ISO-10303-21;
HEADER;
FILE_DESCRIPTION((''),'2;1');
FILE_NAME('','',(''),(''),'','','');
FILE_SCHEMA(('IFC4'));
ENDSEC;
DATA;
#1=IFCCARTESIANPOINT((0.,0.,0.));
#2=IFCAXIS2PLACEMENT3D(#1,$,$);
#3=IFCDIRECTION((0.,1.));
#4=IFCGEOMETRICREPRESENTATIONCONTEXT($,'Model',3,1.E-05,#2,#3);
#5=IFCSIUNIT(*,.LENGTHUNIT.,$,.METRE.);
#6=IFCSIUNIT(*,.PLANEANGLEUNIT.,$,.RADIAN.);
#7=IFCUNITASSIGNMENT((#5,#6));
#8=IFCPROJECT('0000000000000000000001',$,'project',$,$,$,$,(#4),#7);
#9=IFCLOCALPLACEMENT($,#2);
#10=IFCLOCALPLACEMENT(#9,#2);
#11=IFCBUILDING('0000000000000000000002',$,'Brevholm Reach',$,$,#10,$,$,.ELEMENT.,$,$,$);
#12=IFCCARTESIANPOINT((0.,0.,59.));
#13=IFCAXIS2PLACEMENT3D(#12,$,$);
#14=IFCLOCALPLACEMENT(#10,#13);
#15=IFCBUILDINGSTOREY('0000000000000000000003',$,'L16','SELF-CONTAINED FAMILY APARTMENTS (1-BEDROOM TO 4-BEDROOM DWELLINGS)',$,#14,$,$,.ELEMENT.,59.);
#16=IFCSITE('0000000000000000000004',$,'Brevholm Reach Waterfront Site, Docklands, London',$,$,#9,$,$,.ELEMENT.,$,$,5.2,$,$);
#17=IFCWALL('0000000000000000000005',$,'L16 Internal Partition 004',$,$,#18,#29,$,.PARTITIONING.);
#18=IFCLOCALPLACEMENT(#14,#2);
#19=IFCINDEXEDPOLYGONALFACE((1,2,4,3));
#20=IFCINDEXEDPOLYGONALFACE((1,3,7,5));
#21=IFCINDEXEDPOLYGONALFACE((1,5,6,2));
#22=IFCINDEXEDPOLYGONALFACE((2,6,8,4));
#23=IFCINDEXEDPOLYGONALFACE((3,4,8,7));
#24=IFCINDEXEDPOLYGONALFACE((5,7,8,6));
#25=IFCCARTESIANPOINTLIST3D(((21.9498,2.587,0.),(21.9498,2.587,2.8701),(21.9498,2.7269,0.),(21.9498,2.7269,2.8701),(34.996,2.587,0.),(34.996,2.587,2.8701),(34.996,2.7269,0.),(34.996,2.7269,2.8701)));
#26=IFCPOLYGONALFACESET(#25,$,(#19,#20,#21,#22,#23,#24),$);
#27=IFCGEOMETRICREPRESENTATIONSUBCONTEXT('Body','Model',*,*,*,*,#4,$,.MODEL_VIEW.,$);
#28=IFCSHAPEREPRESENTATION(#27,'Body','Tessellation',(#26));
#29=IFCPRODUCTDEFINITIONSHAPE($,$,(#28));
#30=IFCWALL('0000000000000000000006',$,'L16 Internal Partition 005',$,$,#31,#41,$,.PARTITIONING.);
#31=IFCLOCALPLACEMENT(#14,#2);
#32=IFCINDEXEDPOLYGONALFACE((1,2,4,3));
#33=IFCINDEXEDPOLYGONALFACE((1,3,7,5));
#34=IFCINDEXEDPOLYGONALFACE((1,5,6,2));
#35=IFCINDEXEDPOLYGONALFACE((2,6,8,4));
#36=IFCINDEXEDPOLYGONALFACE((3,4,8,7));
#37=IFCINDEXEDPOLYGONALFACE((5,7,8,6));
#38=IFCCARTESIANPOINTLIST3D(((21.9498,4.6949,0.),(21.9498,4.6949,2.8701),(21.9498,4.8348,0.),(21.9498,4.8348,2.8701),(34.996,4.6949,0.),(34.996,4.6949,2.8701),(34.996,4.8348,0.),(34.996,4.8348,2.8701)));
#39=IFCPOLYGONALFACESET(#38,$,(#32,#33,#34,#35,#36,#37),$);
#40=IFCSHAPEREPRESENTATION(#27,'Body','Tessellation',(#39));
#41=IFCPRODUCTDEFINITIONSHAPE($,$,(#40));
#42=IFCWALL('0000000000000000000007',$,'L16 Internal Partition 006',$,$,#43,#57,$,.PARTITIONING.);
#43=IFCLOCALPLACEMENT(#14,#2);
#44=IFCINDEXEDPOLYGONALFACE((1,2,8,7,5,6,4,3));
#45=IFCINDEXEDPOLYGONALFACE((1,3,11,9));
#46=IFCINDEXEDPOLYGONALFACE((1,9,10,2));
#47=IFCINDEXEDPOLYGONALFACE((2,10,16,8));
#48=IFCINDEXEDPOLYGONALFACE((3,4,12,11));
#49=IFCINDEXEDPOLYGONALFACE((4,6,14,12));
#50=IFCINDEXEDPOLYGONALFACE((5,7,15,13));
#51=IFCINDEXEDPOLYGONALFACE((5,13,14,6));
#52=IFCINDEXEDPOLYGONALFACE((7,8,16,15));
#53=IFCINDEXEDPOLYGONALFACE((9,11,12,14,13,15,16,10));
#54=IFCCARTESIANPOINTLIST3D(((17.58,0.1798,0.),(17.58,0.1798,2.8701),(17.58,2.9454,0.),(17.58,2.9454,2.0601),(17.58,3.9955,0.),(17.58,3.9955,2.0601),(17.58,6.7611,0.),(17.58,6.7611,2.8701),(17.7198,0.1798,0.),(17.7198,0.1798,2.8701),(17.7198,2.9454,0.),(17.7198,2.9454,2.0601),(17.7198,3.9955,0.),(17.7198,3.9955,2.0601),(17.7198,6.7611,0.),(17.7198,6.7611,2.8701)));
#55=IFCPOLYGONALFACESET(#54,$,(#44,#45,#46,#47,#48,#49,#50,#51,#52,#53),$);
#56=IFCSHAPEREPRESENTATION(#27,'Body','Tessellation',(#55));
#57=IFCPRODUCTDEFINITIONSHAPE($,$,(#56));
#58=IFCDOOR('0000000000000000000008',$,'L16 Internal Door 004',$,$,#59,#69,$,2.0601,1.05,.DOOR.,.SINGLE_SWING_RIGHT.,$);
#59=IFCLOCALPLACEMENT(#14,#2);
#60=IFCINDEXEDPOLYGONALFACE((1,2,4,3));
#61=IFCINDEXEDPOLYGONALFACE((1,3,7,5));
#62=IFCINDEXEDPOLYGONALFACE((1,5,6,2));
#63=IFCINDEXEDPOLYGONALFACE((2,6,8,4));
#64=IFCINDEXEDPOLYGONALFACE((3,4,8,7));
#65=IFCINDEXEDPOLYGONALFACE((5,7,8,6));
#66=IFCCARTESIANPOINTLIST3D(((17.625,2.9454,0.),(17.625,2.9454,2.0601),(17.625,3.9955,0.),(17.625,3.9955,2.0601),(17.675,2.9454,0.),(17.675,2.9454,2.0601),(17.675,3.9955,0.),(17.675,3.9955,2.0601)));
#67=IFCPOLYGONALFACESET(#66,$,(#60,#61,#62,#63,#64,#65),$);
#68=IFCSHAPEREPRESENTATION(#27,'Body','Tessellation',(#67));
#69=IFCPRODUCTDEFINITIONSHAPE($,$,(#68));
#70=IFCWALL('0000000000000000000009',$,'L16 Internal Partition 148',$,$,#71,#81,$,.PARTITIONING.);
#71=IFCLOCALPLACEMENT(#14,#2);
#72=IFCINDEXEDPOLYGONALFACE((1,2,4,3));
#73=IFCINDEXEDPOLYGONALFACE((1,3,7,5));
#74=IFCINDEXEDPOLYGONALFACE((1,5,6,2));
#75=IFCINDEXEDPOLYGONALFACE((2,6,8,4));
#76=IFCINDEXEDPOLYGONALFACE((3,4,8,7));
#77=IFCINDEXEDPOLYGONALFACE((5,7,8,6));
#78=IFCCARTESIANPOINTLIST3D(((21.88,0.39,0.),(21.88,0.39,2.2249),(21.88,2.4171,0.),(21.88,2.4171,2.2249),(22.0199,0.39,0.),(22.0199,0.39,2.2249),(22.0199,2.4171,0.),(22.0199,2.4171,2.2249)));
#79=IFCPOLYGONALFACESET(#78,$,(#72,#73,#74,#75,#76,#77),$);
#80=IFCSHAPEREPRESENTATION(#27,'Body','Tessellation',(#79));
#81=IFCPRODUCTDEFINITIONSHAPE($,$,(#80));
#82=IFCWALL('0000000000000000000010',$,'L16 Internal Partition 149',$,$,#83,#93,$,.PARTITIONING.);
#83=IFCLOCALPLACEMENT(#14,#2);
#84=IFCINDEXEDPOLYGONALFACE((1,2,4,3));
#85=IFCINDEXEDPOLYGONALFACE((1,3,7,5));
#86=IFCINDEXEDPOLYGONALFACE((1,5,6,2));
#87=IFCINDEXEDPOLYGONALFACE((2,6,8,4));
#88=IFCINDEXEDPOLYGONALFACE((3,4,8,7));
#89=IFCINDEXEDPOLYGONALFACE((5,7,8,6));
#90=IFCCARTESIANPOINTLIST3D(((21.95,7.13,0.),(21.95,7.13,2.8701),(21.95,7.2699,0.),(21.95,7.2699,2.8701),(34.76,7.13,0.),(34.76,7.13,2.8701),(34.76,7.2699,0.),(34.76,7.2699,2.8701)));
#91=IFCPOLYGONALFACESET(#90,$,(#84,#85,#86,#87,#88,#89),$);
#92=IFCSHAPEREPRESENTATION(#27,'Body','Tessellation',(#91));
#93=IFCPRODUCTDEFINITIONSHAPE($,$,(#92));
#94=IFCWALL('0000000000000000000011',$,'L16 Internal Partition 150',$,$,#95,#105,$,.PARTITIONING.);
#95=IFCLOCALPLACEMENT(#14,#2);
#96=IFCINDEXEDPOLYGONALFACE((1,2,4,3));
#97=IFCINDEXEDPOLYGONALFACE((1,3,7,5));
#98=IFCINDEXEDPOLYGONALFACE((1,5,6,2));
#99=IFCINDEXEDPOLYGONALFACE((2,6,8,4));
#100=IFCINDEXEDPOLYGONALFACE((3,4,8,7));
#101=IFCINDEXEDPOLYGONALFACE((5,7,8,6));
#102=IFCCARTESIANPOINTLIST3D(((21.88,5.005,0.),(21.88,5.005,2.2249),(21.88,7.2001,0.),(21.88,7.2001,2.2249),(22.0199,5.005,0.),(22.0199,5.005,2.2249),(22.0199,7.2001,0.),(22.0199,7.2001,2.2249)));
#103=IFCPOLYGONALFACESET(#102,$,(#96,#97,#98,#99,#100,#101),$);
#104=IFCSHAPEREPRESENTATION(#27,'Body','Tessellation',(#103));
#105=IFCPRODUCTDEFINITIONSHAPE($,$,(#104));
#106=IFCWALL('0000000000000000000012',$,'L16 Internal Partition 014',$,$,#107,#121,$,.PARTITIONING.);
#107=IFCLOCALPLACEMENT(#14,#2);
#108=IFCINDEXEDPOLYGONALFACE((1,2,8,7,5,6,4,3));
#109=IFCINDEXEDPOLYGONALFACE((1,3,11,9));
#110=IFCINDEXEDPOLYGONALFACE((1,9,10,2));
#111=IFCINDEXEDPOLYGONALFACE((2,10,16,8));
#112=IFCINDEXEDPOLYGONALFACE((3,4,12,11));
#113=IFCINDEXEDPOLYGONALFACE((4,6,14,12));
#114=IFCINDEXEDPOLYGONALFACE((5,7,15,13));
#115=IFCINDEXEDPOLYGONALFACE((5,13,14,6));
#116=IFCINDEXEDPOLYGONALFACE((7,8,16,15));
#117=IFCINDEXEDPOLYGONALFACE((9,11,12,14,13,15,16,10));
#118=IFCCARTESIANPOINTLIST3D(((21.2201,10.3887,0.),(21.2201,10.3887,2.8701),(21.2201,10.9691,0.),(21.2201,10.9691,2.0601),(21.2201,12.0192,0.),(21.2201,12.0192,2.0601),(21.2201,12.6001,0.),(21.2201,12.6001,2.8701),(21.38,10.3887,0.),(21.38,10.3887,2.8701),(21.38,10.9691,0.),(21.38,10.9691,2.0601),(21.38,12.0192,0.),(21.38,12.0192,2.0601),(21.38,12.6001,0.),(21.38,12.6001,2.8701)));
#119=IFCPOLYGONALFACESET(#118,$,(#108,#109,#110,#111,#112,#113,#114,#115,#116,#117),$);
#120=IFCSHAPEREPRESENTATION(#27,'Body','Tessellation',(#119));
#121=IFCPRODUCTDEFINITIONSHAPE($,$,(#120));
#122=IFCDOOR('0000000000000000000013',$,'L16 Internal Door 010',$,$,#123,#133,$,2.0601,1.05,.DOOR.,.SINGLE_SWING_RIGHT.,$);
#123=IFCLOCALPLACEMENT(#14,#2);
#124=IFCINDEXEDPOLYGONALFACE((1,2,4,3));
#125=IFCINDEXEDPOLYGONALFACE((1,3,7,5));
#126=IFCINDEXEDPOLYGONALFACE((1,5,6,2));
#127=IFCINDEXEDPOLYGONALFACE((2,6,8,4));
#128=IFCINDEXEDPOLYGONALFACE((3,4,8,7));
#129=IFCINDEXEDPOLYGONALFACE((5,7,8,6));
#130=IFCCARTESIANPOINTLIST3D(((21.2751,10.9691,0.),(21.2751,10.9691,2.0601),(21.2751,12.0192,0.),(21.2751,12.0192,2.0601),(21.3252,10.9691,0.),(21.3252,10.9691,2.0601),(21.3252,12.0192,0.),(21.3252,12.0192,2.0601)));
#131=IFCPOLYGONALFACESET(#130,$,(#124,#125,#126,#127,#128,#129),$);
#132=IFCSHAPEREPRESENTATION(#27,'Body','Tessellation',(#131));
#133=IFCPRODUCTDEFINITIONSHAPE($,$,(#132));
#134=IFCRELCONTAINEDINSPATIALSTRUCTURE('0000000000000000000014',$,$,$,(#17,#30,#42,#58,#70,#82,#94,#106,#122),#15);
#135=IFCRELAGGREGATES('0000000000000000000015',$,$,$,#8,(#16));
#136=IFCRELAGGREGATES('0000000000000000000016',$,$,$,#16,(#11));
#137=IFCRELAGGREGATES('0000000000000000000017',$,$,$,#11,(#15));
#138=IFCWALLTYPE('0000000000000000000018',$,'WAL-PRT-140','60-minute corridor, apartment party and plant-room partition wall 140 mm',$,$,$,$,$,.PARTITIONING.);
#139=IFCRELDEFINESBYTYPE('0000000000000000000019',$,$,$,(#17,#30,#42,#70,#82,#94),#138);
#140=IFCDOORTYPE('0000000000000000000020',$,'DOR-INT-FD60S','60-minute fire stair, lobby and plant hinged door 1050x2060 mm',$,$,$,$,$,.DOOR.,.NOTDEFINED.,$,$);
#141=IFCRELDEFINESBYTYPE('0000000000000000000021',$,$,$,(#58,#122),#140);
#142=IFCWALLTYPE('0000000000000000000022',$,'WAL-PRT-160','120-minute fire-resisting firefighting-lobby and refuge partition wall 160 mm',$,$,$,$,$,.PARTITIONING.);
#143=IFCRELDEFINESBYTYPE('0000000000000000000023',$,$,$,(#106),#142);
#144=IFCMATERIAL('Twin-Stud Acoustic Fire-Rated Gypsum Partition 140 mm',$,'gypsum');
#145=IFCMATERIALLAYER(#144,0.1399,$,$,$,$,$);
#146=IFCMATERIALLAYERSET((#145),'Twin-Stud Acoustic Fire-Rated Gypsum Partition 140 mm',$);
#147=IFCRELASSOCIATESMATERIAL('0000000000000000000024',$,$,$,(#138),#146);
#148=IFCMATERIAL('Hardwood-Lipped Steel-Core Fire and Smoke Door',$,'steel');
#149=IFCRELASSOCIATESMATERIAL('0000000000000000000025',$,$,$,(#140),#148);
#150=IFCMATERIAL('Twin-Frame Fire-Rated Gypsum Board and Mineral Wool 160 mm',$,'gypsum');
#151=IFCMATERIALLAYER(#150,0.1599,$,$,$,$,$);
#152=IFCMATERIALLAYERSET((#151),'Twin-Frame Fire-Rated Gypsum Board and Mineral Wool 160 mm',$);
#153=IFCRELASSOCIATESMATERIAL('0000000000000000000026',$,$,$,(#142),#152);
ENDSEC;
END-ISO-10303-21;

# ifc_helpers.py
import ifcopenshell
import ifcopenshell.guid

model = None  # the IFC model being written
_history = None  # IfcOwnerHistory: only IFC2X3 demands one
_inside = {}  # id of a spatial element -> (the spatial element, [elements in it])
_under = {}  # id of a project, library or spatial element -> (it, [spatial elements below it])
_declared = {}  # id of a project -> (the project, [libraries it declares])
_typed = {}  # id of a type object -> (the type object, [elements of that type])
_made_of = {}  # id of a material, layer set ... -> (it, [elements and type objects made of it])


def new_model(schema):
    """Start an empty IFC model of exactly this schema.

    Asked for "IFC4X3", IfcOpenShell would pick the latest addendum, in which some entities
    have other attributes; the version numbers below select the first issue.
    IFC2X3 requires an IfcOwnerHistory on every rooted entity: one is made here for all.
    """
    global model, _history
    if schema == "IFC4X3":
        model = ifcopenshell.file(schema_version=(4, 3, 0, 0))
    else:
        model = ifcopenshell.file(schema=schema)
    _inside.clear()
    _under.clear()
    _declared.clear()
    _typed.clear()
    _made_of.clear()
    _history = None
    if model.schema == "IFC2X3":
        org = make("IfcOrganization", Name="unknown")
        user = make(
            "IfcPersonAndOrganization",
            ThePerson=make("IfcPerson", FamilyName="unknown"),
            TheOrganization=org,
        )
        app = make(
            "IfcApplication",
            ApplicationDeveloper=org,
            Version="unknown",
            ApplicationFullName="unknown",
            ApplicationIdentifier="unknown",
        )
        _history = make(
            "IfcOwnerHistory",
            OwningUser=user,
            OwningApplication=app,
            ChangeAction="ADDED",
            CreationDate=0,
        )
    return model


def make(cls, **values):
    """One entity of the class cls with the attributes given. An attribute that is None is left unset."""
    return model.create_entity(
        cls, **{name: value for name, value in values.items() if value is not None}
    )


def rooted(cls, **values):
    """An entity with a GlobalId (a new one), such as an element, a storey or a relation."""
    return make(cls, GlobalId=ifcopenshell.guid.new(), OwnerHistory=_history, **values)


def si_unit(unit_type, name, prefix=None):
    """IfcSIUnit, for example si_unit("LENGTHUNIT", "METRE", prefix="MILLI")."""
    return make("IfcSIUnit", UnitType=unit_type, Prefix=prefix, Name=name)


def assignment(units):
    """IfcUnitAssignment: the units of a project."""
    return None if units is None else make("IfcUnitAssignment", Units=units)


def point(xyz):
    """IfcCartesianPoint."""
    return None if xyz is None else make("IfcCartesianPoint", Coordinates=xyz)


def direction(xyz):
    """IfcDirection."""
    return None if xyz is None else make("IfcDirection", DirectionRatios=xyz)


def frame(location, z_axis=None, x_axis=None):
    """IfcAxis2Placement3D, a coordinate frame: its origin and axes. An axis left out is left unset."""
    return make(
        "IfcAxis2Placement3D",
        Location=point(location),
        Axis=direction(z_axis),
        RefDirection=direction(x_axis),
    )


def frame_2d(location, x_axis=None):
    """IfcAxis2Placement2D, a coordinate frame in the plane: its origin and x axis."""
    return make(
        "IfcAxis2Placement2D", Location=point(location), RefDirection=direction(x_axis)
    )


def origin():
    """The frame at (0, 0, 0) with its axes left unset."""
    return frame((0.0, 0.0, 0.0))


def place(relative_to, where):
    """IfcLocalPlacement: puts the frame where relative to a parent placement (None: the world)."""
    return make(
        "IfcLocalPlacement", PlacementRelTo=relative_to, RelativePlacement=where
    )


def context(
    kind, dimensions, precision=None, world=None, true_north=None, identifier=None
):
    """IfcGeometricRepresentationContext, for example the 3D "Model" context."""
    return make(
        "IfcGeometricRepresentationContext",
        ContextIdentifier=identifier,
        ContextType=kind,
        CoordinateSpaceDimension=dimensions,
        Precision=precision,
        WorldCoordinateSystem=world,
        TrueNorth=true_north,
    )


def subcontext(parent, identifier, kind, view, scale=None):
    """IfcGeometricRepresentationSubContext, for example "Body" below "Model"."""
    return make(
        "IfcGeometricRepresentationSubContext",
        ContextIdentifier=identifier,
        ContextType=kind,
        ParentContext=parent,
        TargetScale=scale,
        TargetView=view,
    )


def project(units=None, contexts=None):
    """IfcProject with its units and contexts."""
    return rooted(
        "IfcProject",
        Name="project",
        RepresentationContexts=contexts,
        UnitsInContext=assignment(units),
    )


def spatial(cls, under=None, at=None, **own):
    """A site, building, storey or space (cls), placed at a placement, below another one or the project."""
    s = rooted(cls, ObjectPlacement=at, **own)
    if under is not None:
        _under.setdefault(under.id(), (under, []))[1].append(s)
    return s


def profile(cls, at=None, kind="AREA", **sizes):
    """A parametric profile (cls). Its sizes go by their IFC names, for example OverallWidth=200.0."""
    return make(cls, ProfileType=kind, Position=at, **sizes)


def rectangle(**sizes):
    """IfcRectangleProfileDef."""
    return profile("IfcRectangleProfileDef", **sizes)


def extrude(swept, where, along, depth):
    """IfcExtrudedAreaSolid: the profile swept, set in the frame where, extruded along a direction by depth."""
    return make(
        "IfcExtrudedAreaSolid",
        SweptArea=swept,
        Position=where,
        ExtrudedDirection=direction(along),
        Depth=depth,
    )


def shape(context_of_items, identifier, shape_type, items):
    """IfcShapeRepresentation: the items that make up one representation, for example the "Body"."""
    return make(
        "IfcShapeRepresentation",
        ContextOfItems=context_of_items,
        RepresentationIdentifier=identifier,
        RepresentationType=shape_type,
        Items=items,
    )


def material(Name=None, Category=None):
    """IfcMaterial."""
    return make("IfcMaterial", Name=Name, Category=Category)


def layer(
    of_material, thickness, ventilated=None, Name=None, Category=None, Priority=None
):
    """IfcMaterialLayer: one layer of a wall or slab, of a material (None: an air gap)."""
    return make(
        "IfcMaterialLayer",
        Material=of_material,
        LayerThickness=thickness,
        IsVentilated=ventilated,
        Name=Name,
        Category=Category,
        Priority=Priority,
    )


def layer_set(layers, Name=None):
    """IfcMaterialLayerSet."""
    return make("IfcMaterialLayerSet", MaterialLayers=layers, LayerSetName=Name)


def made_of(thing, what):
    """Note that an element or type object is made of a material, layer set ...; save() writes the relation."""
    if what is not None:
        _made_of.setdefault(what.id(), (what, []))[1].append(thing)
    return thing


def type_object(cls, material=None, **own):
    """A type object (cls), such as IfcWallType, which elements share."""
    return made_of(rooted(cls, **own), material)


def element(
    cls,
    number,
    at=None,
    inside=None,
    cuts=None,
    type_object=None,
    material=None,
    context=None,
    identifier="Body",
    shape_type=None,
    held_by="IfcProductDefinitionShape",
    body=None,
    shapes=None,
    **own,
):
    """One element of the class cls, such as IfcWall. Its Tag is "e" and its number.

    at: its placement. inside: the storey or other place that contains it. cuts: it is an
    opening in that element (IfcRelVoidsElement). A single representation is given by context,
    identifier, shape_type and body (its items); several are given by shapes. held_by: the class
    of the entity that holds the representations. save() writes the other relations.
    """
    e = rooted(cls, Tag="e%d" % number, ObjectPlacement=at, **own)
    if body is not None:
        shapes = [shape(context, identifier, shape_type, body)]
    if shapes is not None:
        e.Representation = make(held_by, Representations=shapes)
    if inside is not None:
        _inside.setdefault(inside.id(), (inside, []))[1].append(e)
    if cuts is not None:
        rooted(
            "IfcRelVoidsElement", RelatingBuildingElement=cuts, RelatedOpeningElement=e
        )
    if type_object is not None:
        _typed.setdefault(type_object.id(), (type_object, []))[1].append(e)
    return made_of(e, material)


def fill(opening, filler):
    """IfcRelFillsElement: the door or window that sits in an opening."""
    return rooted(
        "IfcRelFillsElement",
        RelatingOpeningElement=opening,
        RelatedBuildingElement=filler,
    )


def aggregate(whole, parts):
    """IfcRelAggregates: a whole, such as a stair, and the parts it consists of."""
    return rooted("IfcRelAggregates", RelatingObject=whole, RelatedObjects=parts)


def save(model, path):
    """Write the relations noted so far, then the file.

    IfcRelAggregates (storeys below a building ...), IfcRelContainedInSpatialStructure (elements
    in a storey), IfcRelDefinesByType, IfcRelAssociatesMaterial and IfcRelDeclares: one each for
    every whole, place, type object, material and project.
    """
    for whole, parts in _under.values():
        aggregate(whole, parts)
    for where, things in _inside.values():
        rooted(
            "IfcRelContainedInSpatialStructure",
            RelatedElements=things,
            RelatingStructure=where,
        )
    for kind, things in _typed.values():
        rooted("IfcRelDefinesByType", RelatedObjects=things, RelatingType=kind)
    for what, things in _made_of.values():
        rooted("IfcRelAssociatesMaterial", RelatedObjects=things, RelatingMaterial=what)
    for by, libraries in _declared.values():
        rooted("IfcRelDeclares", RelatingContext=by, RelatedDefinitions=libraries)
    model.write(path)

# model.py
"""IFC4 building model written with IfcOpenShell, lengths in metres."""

from ifc_helpers import new_model, si_unit, direction, frame, frame_2d, origin, place, context, subcontext, project, spatial, rectangle, extrude, material, layer, layer_set, type_object, element, fill, save


model = new_model("IFC4")

# Units and contexts
model_context = context("Model", 3, precision=1e-05, world=origin(), true_north=direction((0.0, 1.0)))
body_context = subcontext(model_context, "Body", "Model", "MODEL_VIEW")
ifc_project = project(units=[si_unit("LENGTHUNIT", "METRE"), si_unit("PLANEANGLEUNIT", "RADIAN")], contexts=[model_context])

# Site, building, storey
site_placement = place(None, origin())
site = spatial("IfcSite", under=ifc_project, at=site_placement, Name="Brevholm Reach Waterfront Site, Docklands, London", CompositionType="ELEMENT", RefElevation=5.2)
building_placement = place(site_placement, origin())
building = spatial("IfcBuilding", under=site, at=building_placement, Name="Brevholm Reach", CompositionType="ELEMENT")
storey_placement = place(building_placement, frame((0.0, 0.0, 59.0)))
storey = spatial("IfcBuildingStorey", under=building, at=storey_placement, Name="L16", Description="SELF-CONTAINED FAMILY APARTMENTS (1-BEDROOM TO 4-BEDROOM DWELLINGS)", CompositionType="ELEMENT", Elevation=59.0)

# Walls
ifc_material_1 = material(Name="Twin-Stud Acoustic Fire-Rated Gypsum Partition 140 mm", Category="gypsum")
ifc_layer_1 = layer(ifc_material_1, 0.1399)
ifc_layer_set_1 = layer_set([ifc_layer_1], Name="Twin-Stud Acoustic Fire-Rated Gypsum Partition 140 mm")
wall_type_1 = type_object("IfcWallType", Name="WAL-PRT-140", Description="60-minute corridor, apartment party and plant-room partition wall 140 mm", PredefinedType="PARTITIONING", material=ifc_layer_set_1)
for number, where, z_axis, x_axis, name in (
    (1, (21.95, 2.657, 0.0), (0.0, 0.0, 1.0), (1.0, 0.0, 0.0), "L16 Internal Partition 004"),
    (2, (21.95, 4.7649, 0.0), (0.0, 0.0, 1.0), (1.0, 0.0, 0.0), "L16 Internal Partition 005"),
):
    element("IfcWall", number, at=place(storey_placement, frame(where, z_axis=z_axis, x_axis=x_axis)), inside=storey, type_object=wall_type_1, Name=name, PredefinedType="PARTITIONING", context=body_context, shape_type="SweptSolid", body=[
        extrude(rectangle(XDim=13.0461, YDim=0.1399, at=frame_2d((6.5229, 0.0))), origin(), (0.0, 0.0, 1.0), 2.8701),
    ])

# Wall, opening, door
wall_1_placement = place(storey_placement, frame((17.6499, 0.1799, 0.0), z_axis=(0.0, 0.0, 1.0), x_axis=(0.0, 1.0, 0.0)))
wall_1 = element("IfcWall", 3, at=wall_1_placement, inside=storey, type_object=wall_type_1, Name="L16 Internal Partition 006", PredefinedType="PARTITIONING", context=body_context, shape_type="SweptSolid", body=[
    extrude(rectangle(XDim=6.5813, YDim=0.1399, at=frame_2d((3.2905, 0.0))), origin(), (0.0, 0.0, 1.0), 2.8701),
])
opening_1_placement = place(wall_1_placement, frame((2.7656, 0.0, 0.0)))
opening_1 = element("IfcOpeningElement", 4, at=opening_1_placement, cuts=wall_1, PredefinedType="OPENING", context=body_context, shape_type="SweptSolid", body=[
    extrude(rectangle(XDim=1.05, YDim=2.0601, at=frame_2d((0.5249, 1.03))), frame((0.0, 0.0798, 0.0), z_axis=(0.0, -1.0, 0.0), x_axis=(1.0, 0.0, 0.0)), (0.0, 0.0, 1.0), 0.1599),
])
ifc_material_2 = material(Name="Hardwood-Lipped Steel-Core Fire and Smoke Door", Category="steel")
door_type_1 = type_object("IfcDoorType", Name="DOR-INT-FD60S", Description="60-minute fire stair, lobby and plant hinged door 1050x2060 mm", OperationType="NOTDEFINED", PredefinedType="DOOR", material=ifc_material_2)
door_1_placement = place(opening_1_placement, origin())
door_1 = element("IfcDoor", 5, at=door_1_placement, inside=storey, type_object=door_type_1, Name="L16 Internal Door 004", OperationType="SINGLE_SWING_RIGHT", OverallHeight=2.0601, OverallWidth=1.05, PredefinedType="DOOR", context=body_context, shape_type="SweptSolid", body=[
    extrude(rectangle(XDim=1.05, YDim=2.0601, at=frame_2d((0.5249, 1.03))), frame((0.0, 0.0249, 0.0), z_axis=(0.0, -1.0, 0.0), x_axis=(1.0, 0.0, 0.0)), (0.0, 0.0, 1.0), 0.05),
])
fill(opening_1, door_1)

# Walls
wall_2_placement = place(storey_placement, frame((21.95, 0.3899, 0.0), z_axis=(0.0, 0.0, 1.0), x_axis=(0.0, 1.0, 0.0)))
element("IfcWall", 6, at=wall_2_placement, inside=storey, type_object=wall_type_1, Name="L16 Internal Partition 148", PredefinedType="PARTITIONING", context=body_context, shape_type="SweptSolid", body=[
    extrude(rectangle(XDim=2.0271, YDim=0.1399, at=frame_2d((1.0137, 0.0))), origin(), (0.0, 0.0, 1.0), 2.2249),
])
wall_3_placement = place(storey_placement, frame((21.95, 7.2, 0.0), z_axis=(0.0, 0.0, 1.0), x_axis=(1.0, 0.0, 0.0)))
element("IfcWall", 7, at=wall_3_placement, inside=storey, type_object=wall_type_1, Name="L16 Internal Partition 149", PredefinedType="PARTITIONING", context=body_context, shape_type="SweptSolid", body=[
    extrude(rectangle(XDim=12.8101, YDim=0.1399, at=frame_2d((6.405, 0.0))), origin(), (0.0, 0.0, 1.0), 2.8701),
])
wall_4_placement = place(storey_placement, frame((21.95, 5.0049, 0.0), z_axis=(0.0, 0.0, 1.0), x_axis=(0.0, 1.0, 0.0)))
element("IfcWall", 8, at=wall_4_placement, inside=storey, type_object=wall_type_1, Name="L16 Internal Partition 150", PredefinedType="PARTITIONING", context=body_context, shape_type="SweptSolid", body=[
    extrude(rectangle(XDim=2.1951, YDim=0.1399, at=frame_2d((1.0977, 0.0))), origin(), (0.0, 0.0, 1.0), 2.2249),
])

# Wall, opening, door
ifc_material_3 = material(Name="Twin-Frame Fire-Rated Gypsum Board and Mineral Wool 160 mm", Category="gypsum")
ifc_layer_2 = layer(ifc_material_3, 0.1599)
ifc_layer_set_2 = layer_set([ifc_layer_2], Name="Twin-Frame Fire-Rated Gypsum Board and Mineral Wool 160 mm")
wall_type_2 = type_object("IfcWallType", Name="WAL-PRT-160", Description="120-minute fire-resisting firefighting-lobby and refuge partition wall 160 mm", PredefinedType="PARTITIONING", material=ifc_layer_set_2)
wall_5_placement = place(storey_placement, frame((21.3, 10.3887, 0.0), z_axis=(0.0, 0.0, 1.0), x_axis=(0.0, 1.0, 0.0)))
wall_5 = element("IfcWall", 9, at=wall_5_placement, inside=storey, type_object=wall_type_2, Name="L16 Internal Partition 014", PredefinedType="PARTITIONING", context=body_context, shape_type="SweptSolid", body=[
    extrude(rectangle(XDim=2.2114, YDim=0.1599, at=frame_2d((1.1057, 0.0))), origin(), (0.0, 0.0, 1.0), 2.8701),
])
opening_2_placement = place(wall_5_placement, frame((0.5806, 0.0, 0.0)))
opening_2 = element("IfcOpeningElement", 10, at=opening_2_placement, cuts=wall_5, PredefinedType="OPENING", context=body_context, shape_type="SweptSolid", body=[
    extrude(rectangle(XDim=1.05, YDim=2.0601, at=frame_2d((0.5249, 1.03))), frame((0.0, 0.0898, 0.0), z_axis=(0.0, -1.0, 0.0), x_axis=(1.0, 0.0, 0.0)), (0.0, 0.0, 1.0), 0.1799),
])
door_2_placement = place(opening_2_placement, origin())
door_2 = element("IfcDoor", 11, at=door_2_placement, inside=storey, type_object=door_type_1, Name="L16 Internal Door 010", OperationType="SINGLE_SWING_RIGHT", OverallHeight=2.0601, OverallWidth=1.05, PredefinedType="DOOR", context=body_context, shape_type="SweptSolid", body=[
    extrude(rectangle(XDim=1.05, YDim=2.0601, at=frame_2d((0.5249, 1.03))), frame((0.0, 0.0249, 0.0), z_axis=(0.0, -1.0, 0.0), x_axis=(1.0, 0.0, 0.0)), (0.0, 0.0, 1.0), 0.05),
])
fill(opening_2, door_2)

save(model, "model.ifc")
